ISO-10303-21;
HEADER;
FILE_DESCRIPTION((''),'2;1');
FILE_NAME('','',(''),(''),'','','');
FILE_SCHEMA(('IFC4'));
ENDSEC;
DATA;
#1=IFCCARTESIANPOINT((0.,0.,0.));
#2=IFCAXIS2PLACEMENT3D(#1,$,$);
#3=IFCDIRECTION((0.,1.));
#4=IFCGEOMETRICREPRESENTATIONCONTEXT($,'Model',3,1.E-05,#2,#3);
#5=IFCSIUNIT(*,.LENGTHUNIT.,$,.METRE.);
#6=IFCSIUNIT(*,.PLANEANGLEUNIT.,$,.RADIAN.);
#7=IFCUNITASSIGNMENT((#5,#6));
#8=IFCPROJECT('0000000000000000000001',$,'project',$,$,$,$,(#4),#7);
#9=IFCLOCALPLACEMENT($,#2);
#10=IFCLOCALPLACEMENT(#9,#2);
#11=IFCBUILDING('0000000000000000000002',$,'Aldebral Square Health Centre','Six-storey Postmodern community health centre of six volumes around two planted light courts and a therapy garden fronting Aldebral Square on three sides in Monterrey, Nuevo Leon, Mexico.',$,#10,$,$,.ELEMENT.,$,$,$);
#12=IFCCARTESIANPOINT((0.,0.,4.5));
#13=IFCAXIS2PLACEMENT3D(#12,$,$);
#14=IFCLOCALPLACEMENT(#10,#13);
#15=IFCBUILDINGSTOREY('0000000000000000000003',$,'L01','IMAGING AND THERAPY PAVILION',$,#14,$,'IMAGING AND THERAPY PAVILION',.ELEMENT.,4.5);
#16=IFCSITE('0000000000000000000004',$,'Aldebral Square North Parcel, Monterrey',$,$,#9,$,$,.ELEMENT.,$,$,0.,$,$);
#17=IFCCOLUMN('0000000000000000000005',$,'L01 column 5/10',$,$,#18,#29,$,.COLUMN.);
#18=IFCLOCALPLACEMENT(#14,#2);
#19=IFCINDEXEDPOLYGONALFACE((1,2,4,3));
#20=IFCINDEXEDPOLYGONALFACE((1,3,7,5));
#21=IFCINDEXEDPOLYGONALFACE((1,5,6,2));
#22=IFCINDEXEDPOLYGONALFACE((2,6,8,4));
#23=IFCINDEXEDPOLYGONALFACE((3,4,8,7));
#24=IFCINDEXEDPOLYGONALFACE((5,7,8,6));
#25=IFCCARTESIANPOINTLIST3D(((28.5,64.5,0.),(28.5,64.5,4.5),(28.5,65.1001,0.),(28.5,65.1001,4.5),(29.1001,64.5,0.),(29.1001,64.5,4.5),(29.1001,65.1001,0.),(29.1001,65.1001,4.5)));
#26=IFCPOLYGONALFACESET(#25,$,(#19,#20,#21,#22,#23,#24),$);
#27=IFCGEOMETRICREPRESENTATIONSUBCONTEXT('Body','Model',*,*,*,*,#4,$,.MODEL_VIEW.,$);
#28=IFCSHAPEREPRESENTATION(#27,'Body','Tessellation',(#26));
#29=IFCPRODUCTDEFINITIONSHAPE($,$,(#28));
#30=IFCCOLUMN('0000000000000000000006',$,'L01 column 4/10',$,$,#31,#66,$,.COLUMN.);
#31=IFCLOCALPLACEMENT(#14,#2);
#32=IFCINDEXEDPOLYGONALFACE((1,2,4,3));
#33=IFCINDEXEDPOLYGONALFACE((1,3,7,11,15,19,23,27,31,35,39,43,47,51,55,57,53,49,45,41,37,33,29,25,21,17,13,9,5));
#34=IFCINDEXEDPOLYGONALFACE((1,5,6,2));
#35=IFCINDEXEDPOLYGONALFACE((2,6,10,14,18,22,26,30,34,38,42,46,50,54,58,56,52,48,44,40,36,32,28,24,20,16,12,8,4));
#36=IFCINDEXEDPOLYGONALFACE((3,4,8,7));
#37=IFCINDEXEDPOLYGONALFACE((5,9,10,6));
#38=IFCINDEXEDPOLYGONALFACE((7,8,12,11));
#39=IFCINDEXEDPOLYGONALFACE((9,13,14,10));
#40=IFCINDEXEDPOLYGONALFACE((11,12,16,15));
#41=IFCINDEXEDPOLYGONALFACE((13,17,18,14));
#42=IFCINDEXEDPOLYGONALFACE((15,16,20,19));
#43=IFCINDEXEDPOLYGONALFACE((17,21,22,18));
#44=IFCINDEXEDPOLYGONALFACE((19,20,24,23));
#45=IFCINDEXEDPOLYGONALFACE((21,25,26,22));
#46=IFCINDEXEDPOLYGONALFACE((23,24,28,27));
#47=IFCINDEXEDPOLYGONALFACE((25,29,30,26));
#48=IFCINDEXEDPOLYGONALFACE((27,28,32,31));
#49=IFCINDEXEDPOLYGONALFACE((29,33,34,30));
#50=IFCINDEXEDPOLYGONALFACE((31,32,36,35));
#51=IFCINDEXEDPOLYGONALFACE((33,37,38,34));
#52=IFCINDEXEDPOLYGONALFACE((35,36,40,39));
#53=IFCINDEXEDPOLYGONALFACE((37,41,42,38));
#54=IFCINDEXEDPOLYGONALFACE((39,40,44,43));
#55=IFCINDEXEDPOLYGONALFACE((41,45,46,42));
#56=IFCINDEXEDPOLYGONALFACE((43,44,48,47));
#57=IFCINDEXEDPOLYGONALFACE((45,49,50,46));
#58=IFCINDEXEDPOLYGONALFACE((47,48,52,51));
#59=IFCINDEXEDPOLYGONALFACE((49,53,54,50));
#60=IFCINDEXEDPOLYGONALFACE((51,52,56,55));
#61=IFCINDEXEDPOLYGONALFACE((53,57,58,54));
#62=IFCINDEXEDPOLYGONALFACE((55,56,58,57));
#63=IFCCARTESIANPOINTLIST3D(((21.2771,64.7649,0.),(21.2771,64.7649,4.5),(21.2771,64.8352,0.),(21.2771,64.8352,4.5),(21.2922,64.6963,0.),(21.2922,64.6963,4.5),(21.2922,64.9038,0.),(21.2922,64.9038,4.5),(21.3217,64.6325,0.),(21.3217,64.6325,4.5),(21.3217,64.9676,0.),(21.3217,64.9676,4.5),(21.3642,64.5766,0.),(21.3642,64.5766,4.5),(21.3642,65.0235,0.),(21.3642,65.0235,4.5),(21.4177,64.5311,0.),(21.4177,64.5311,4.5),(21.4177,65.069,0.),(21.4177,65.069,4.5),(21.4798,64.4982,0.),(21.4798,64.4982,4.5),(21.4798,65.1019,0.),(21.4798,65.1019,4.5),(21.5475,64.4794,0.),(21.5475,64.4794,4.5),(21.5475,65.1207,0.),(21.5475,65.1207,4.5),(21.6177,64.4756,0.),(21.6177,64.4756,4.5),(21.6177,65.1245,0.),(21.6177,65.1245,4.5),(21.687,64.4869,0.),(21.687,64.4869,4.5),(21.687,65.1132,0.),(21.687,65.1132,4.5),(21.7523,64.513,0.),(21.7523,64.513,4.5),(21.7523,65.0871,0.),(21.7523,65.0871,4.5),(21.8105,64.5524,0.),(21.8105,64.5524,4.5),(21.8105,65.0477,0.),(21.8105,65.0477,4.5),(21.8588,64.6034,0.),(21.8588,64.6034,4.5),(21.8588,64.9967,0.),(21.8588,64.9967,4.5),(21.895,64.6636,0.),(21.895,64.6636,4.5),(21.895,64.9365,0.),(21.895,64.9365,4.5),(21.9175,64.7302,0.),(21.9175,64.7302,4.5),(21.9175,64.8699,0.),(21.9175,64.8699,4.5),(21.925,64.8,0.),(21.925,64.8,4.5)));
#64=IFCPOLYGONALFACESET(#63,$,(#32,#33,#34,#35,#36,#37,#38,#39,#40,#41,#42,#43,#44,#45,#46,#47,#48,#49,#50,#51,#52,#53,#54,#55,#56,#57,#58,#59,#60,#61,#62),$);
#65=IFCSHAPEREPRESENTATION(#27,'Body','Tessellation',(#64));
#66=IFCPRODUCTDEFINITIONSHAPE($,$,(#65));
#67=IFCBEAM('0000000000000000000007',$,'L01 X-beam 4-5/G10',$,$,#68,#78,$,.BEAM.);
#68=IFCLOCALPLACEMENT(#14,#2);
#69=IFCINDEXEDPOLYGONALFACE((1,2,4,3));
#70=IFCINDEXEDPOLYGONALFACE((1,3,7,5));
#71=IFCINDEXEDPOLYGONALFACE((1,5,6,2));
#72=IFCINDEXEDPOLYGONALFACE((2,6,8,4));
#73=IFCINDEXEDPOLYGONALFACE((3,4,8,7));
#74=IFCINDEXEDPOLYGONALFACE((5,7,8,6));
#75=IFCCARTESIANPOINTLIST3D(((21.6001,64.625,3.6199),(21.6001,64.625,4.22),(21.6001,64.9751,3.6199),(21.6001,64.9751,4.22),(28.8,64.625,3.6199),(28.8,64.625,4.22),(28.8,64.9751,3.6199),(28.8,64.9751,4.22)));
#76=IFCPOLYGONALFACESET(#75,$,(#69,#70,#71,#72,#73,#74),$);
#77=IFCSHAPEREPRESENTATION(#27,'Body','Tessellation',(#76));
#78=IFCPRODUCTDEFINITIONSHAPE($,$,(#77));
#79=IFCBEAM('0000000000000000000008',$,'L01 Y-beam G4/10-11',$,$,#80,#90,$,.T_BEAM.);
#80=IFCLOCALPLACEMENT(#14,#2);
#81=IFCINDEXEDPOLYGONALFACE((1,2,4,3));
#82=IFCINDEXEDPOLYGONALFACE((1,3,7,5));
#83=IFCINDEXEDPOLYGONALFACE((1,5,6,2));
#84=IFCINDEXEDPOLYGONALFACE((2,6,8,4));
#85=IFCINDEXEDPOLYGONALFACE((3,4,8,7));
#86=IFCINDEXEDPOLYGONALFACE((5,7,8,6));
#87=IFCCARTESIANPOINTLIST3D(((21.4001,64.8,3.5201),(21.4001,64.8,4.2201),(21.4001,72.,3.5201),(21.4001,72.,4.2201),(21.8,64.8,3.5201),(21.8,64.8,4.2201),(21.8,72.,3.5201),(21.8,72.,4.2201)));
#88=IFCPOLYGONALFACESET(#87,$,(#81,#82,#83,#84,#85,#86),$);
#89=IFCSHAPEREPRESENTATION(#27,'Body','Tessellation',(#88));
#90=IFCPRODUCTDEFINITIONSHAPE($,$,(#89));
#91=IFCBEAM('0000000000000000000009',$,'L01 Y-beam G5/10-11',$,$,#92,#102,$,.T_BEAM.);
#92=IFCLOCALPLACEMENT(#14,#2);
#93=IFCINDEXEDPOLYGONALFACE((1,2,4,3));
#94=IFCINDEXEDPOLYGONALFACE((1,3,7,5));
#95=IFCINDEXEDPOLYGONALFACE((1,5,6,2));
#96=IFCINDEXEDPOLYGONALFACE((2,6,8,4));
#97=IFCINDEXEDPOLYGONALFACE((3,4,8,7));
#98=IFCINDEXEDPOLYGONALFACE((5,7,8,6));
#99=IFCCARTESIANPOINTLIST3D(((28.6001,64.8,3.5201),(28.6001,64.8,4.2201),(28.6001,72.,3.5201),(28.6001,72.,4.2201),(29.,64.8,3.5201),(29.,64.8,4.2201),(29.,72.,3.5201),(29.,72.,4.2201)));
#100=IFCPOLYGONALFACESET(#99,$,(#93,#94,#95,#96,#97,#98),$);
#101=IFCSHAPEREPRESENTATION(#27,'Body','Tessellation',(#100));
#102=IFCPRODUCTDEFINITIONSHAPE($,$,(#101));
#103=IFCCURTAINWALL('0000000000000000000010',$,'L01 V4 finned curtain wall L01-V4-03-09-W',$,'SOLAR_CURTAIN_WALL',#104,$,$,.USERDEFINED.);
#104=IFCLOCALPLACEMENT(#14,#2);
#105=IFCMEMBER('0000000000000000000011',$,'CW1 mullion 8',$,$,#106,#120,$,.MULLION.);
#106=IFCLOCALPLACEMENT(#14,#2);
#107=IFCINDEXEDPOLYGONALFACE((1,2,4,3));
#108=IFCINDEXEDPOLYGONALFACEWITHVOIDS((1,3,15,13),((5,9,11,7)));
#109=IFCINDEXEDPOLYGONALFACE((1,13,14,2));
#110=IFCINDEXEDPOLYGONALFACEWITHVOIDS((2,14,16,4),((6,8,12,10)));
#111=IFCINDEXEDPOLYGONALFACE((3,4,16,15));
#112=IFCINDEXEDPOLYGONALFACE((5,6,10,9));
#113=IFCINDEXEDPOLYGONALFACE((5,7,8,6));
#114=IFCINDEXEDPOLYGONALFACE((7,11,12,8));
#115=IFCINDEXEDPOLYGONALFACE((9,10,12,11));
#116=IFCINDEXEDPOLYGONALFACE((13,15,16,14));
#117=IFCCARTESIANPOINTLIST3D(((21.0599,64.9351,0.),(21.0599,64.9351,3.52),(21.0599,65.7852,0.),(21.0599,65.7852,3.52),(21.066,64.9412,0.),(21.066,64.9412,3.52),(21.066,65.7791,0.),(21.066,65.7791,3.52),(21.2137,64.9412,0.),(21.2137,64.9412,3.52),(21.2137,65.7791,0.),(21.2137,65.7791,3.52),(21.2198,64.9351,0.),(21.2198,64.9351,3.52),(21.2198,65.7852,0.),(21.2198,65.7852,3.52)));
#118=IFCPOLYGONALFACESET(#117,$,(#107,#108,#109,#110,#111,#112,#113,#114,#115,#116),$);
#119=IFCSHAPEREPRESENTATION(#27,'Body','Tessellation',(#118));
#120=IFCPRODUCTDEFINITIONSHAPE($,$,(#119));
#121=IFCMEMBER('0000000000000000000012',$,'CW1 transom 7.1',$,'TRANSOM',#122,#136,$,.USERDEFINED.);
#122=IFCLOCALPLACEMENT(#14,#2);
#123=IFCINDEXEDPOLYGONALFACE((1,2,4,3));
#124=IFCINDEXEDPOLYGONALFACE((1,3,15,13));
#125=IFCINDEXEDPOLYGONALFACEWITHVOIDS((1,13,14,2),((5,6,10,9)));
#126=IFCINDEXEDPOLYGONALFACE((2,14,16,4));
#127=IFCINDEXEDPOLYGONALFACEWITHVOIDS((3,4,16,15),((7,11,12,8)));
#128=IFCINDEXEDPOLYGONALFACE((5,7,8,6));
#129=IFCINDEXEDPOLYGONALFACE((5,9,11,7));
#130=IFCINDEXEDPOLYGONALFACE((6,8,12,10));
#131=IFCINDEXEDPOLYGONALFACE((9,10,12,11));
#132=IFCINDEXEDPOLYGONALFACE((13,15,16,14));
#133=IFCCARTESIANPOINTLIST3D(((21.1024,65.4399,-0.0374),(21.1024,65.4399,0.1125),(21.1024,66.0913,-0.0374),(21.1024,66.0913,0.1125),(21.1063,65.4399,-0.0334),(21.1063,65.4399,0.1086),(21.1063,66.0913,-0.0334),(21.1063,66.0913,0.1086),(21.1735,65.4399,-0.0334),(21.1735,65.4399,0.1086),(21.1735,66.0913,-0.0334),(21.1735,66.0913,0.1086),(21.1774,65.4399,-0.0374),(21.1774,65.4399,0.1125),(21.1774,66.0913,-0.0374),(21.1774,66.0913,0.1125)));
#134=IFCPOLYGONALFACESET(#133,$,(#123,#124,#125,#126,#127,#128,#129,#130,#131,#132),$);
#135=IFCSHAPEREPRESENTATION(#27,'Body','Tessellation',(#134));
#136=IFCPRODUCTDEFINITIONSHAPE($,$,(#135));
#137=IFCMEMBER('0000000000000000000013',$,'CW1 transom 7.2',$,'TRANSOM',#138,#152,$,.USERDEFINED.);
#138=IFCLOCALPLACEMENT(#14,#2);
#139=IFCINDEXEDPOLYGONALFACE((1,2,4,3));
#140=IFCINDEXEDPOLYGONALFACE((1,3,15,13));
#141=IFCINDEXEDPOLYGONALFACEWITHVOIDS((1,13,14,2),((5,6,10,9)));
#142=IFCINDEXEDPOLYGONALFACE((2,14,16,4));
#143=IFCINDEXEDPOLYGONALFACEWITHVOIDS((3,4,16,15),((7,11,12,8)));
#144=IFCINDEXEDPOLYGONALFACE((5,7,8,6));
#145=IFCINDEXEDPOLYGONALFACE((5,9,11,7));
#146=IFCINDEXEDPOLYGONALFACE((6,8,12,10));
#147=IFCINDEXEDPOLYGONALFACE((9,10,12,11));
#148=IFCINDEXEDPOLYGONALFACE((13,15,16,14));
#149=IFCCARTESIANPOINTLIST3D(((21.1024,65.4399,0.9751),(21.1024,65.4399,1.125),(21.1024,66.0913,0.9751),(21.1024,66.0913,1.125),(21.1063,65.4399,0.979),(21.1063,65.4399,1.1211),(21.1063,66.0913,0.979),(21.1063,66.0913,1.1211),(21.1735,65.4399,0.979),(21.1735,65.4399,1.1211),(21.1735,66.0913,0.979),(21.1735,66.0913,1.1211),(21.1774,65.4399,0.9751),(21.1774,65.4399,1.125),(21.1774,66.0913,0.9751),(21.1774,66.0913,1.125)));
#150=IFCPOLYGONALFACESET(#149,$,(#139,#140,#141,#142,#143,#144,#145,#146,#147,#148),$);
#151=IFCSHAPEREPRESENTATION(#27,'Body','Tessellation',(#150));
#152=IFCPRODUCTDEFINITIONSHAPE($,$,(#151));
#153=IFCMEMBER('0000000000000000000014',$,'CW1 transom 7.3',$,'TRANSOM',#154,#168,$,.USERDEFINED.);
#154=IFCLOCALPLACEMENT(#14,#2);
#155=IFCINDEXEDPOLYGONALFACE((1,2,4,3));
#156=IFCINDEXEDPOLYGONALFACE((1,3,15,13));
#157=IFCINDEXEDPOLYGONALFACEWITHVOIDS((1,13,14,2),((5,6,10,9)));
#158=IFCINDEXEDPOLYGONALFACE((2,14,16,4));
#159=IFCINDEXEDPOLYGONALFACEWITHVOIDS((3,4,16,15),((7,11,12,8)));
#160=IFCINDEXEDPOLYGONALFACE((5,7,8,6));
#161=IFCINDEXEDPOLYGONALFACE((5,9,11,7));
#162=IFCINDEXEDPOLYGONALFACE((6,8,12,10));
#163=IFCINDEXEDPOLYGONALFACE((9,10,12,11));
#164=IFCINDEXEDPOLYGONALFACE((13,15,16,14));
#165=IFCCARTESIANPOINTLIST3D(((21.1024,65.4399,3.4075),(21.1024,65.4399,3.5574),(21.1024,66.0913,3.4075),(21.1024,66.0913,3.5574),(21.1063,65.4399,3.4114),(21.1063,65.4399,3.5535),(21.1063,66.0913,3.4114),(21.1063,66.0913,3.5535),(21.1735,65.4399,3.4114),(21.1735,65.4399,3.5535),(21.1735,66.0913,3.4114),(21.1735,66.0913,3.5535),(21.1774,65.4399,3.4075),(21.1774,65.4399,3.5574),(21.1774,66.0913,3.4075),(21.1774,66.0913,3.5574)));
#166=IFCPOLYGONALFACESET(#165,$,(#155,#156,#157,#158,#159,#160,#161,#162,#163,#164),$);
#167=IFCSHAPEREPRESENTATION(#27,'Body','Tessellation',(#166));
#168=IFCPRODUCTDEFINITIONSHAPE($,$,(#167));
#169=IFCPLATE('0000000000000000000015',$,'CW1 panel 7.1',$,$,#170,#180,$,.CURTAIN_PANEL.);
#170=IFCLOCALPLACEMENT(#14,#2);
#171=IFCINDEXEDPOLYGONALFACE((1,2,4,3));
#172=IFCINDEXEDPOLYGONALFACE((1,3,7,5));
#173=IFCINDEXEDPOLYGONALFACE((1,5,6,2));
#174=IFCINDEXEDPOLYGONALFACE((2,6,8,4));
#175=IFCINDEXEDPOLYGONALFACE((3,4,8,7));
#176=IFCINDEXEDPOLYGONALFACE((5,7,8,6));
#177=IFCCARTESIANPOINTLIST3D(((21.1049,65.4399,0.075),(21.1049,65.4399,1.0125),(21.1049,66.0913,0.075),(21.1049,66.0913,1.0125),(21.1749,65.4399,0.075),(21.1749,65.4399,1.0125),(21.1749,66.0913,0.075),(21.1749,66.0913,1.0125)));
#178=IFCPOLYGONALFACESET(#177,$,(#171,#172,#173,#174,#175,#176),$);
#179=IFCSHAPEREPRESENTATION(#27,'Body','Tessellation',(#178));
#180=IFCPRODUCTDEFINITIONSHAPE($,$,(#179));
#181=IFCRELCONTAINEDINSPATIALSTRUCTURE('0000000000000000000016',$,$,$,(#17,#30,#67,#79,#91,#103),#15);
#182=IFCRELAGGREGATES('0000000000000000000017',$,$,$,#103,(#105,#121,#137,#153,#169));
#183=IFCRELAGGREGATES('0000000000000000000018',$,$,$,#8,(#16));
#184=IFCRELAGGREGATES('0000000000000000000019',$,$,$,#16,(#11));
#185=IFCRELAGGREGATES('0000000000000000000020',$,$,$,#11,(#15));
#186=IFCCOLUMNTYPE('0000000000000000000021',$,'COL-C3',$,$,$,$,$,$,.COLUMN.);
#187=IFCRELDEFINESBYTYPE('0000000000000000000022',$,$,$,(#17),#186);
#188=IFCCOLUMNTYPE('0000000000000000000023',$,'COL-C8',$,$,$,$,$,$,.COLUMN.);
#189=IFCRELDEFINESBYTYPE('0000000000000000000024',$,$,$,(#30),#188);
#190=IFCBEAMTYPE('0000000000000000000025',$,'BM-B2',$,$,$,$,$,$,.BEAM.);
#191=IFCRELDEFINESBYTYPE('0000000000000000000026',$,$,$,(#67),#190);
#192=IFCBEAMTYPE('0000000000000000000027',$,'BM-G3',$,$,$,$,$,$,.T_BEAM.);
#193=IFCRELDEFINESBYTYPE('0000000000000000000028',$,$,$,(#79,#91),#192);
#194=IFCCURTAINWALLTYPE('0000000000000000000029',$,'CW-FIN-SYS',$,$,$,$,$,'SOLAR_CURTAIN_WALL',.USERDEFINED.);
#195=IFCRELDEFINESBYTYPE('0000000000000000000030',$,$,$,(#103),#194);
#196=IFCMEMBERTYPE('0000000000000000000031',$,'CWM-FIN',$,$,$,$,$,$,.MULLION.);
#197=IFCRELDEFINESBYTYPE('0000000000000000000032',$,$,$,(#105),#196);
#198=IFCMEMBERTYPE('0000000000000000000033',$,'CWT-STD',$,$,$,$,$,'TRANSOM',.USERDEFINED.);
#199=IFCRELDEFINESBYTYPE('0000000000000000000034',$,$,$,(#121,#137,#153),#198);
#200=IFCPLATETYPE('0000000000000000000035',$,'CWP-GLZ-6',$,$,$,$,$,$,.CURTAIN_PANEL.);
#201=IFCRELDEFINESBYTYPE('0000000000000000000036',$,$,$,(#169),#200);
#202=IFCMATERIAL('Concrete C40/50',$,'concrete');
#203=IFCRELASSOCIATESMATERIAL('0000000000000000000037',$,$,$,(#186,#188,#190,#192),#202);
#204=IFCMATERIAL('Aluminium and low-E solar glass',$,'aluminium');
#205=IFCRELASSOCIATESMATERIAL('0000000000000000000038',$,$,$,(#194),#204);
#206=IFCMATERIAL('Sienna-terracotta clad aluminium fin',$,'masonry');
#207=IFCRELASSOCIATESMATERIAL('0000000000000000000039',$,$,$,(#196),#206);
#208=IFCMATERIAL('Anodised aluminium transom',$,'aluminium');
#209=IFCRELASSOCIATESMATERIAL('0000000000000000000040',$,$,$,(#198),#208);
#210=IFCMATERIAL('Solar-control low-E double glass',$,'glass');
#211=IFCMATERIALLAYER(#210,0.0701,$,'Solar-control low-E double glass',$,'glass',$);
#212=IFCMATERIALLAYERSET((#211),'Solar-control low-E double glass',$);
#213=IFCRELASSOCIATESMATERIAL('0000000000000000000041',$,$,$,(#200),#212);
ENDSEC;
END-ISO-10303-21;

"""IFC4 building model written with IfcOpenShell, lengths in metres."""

from ifc_helpers import new_model, si_unit, direction, frame, origin, origin_2d, place, context, subcontext, project, spatial, rectangle, hollow_rectangle, circle, extrude, material, layer, layer_set, material_profile, profile_set, type_object, element, aggregate, save


model = new_model("IFC4")

# Units and contexts
model_context = context("Model", 3, precision=1e-05, world=origin(), true_north=direction((0.0, 1.0)))
body_context = subcontext(model_context, "Body", "Model", "MODEL_VIEW")
ifc_project = project(units=[si_unit("LENGTHUNIT", "METRE"), si_unit("PLANEANGLEUNIT", "RADIAN")], contexts=[model_context])

# Site, building, storey
site_placement = place(None, origin())
site = spatial("IfcSite", under=ifc_project, at=site_placement, Name="Aldebral Square North Parcel, Monterrey", CompositionType="ELEMENT", RefElevation=0.0)
building_placement = place(site_placement, origin())
building = spatial("IfcBuilding", under=site, at=building_placement, Name="Aldebral Square Health Centre", Description="Six-storey Postmodern community health centre of six volumes around two planted light courts and a therapy garden fronting Aldebral Square on three sides in Monterrey, Nuevo Leon, Mexico.", CompositionType="ELEMENT")
storey_placement = place(building_placement, frame((0.0, 0.0, 4.5)))
storey = spatial("IfcBuildingStorey", under=building, at=storey_placement, Name="L01", Description="IMAGING AND THERAPY PAVILION", LongName="IMAGING AND THERAPY PAVILION", CompositionType="ELEMENT", Elevation=4.5)

# Columns
ifc_material_1 = material(Name="Concrete C40/50", Category="concrete")
ifc_material_profile_1 = material_profile(ifc_material_1, rectangle(XDim=0.6001, YDim=0.6001, at=origin_2d()), Name="RC 600x600")
ifc_profile_set_1 = profile_set([ifc_material_profile_1], Name="Concrete C40/50")
column_type_1 = type_object("IfcColumnType", Name="COL-C3", PredefinedType="COLUMN", material=ifc_profile_set_1)
column_1_placement = place(storey_placement, frame((28.8, 64.8, 0.0), z_axis=(0.0, 0.0, 1.0), x_axis=(1.0, 0.0, 0.0)))
element("IfcColumn", 1, at=column_1_placement, inside=storey, type_object=column_type_1, Name="L01 column 5/10", PredefinedType="COLUMN", context=body_context, shape_type="SweptSolid", body=[
    extrude(rectangle(XDim=0.6001, YDim=0.6001, at=origin_2d()), origin(), (0.0, 0.0, 1.0), 4.5),
])
ifc_material_profile_2 = material_profile(ifc_material_1, circle(Radius=0.325, at=origin_2d()), Name="RC D650")
ifc_profile_set_2 = profile_set([ifc_material_profile_2], Name="Concrete C40/50")
column_type_2 = type_object("IfcColumnType", Name="COL-C8", PredefinedType="COLUMN", material=ifc_profile_set_2)
column_2_placement = place(storey_placement, frame((21.6001, 64.8, 0.0), z_axis=(0.0, 0.0, 1.0), x_axis=(1.0, 0.0, 0.0)))
element("IfcColumn", 2, at=column_2_placement, inside=storey, type_object=column_type_2, Name="L01 column 4/10", PredefinedType="COLUMN", context=body_context, shape_type="SweptSolid", body=[
    extrude(circle(Radius=0.325, at=origin_2d()), origin(), (0.0, 0.0, 1.0), 4.5),
])

# Beams
ifc_material_profile_3 = material_profile(ifc_material_1, rectangle(XDim=0.3501, YDim=0.6001, at=origin_2d()), Name="RC 350x600")
ifc_profile_set_3 = profile_set([ifc_material_profile_3], Name="Concrete C40/50")
beam_type_1 = type_object("IfcBeamType", Name="BM-B2", PredefinedType="BEAM", material=ifc_profile_set_3)
beam_placement = place(storey_placement, frame((21.6001, 64.8, 3.9199), z_axis=(1.0, 0.0, 0.0), x_axis=(0.0, 1.0, 0.0)))
element("IfcBeam", 3, at=beam_placement, inside=storey, type_object=beam_type_1, Name="L01 X-beam 4-5/G10", PredefinedType="BEAM", context=body_context, shape_type="SweptSolid", body=[
    extrude(rectangle(XDim=0.3501, YDim=0.6001, at=origin_2d()), origin(), (0.0, 0.0, 1.0), 7.2),
])
ifc_material_profile_4 = material_profile(ifc_material_1, rectangle(XDim=0.3999, YDim=0.7, at=origin_2d()), Name="RC 400x700")
ifc_profile_set_4 = profile_set([ifc_material_profile_4], Name="Concrete C40/50")
beam_type_2 = type_object("IfcBeamType", Name="BM-G3", PredefinedType="T_BEAM", material=ifc_profile_set_4)
for number, where, z_axis, x_axis, name in (
    (4, (21.6001, 64.8, 3.8701), (0.0, 1.0, 0.0), (-1.0, 0.0, 0.0), "L01 Y-beam G4/10-11"),
    (5, (28.8, 64.8, 3.8701), (0.0, 1.0, 0.0), (-1.0, 0.0, 0.0), "L01 Y-beam G5/10-11"),
):
    element("IfcBeam", number, at=place(storey_placement, frame(where, z_axis=z_axis, x_axis=x_axis)), inside=storey, type_object=beam_type_2, Name=name, PredefinedType="T_BEAM", context=body_context, shape_type="SweptSolid", body=[
        extrude(rectangle(XDim=0.3999, YDim=0.7, at=origin_2d()), origin(), (0.0, 0.0, 1.0), 7.2),
    ])

# Curtain wall, members, plate
ifc_material_2 = material(Name="Aluminium and low-E solar glass", Category="aluminium")
curtain_wall_type = type_object("IfcCurtainWallType", Name="CW-FIN-SYS", ElementType="SOLAR_CURTAIN_WALL", PredefinedType="USERDEFINED", material=ifc_material_2)
curtain_wall_placement = place(storey_placement, origin())
curtain_wall = element("IfcCurtainWall", 6, at=curtain_wall_placement, inside=storey, type_object=curtain_wall_type, Name="L01 V4 finned curtain wall L01-V4-03-09-W", ObjectType="SOLAR_CURTAIN_WALL", PredefinedType="USERDEFINED")
ifc_material_3 = material(Name="Sienna-terracotta clad aluminium fin", Category="masonry")
ifc_material_profile_5 = material_profile(ifc_material_3, hollow_rectangle(XDim=0.1599, YDim=0.8501, WallThickness=0.0061, at=origin_2d()), Name="FIN 160x850x6")
ifc_profile_set_5 = profile_set([ifc_material_profile_5], Name="Sienna-terracotta clad aluminium fin")
member_type_1 = type_object("IfcMemberType", Name="CWM-FIN", PredefinedType="MULLION", material=ifc_profile_set_5)
member_1_placement = place(storey_placement, frame((21.1399, 65.3601, 0.0), z_axis=(0.0, 0.0, 1.0), x_axis=(1.0, 0.0, 0.0)))
member_1 = element("IfcMember", 7, at=member_1_placement, type_object=member_type_1, Name="CW1 mullion 8", PredefinedType="MULLION", context=body_context, shape_type="SweptSolid", body=[
    extrude(hollow_rectangle(XDim=0.1599, YDim=0.8501, WallThickness=0.0061, at=origin_2d()), origin(), (0.0, 0.0, 1.0), 3.52),
])
ifc_material_4 = material(Name="Anodised aluminium transom", Category="aluminium")
ifc_material_profile_6 = material_profile(ifc_material_4, hollow_rectangle(XDim=0.075, YDim=0.1499, WallThickness=0.0039, at=origin_2d()), Name="CWT 75x150x4")
ifc_profile_set_6 = profile_set([ifc_material_profile_6], Name="Anodised aluminium transom")
member_type_2 = type_object("IfcMemberType", Name="CWT-STD", ElementType="TRANSOM", PredefinedType="USERDEFINED", material=ifc_profile_set_6)
member_2_placement = place(storey_placement, frame((21.1399, 66.0913, 0.0376), z_axis=(0.0, -1.0, 0.0), x_axis=(1.0, 0.0, 0.0)))
member_2 = element("IfcMember", 8, at=member_2_placement, type_object=member_type_2, Name="CW1 transom 7.1", ObjectType="TRANSOM", PredefinedType="USERDEFINED", context=body_context, shape_type="SweptSolid", body=[
    extrude(hollow_rectangle(XDim=0.075, YDim=0.1499, WallThickness=0.0039, at=origin_2d()), origin(), (0.0, 0.0, 1.0), 0.6514),
])
member_3_placement = place(storey_placement, frame((21.1399, 66.0913, 1.05), z_axis=(0.0, -1.0, 0.0), x_axis=(1.0, 0.0, 0.0)))
member_3 = element("IfcMember", 9, at=member_3_placement, type_object=member_type_2, Name="CW1 transom 7.2", ObjectType="TRANSOM", PredefinedType="USERDEFINED", context=body_context, shape_type="SweptSolid", body=[
    extrude(hollow_rectangle(XDim=0.075, YDim=0.1499, WallThickness=0.0039, at=origin_2d()), origin(), (0.0, 0.0, 1.0), 0.6514),
])
member_4_placement = place(storey_placement, frame((21.1399, 66.0913, 3.4824), z_axis=(0.0, -1.0, 0.0), x_axis=(1.0, 0.0, 0.0)))
member_4 = element("IfcMember", 10, at=member_4_placement, type_object=member_type_2, Name="CW1 transom 7.3", ObjectType="TRANSOM", PredefinedType="USERDEFINED", context=body_context, shape_type="SweptSolid", body=[
    extrude(hollow_rectangle(XDim=0.075, YDim=0.1499, WallThickness=0.0039, at=origin_2d()), origin(), (0.0, 0.0, 1.0), 0.6514),
])
ifc_material_5 = material(Name="Solar-control low-E double glass", Category="glass")
ifc_layer_1 = layer(ifc_material_5, 0.0701, Name="Solar-control low-E double glass", Category="glass")
ifc_layer_set_1 = layer_set([ifc_layer_1], Name="Solar-control low-E double glass")
plate_type = type_object("IfcPlateType", Name="CWP-GLZ-6", PredefinedType="CURTAIN_PANEL", material=ifc_layer_set_1)
plate_1_placement = place(storey_placement, frame((21.1399, 65.7656, 0.075), z_axis=(0.0, 0.0, 1.0), x_axis=(0.0, -1.0, 0.0)))
plate_1 = element("IfcPlate", 11, at=plate_1_placement, type_object=plate_type, Name="CW1 panel 7.1", PredefinedType="CURTAIN_PANEL", context=body_context, shape_type="SweptSolid", body=[
    extrude(rectangle(XDim=0.6514, YDim=0.0701, at=origin_2d()), origin(), (0.0, 0.0, 1.0), 0.9375),
])
aggregate(curtain_wall, [member_1, member_2, member_3, member_4, plate_1])

save(model, "model.ifc")
